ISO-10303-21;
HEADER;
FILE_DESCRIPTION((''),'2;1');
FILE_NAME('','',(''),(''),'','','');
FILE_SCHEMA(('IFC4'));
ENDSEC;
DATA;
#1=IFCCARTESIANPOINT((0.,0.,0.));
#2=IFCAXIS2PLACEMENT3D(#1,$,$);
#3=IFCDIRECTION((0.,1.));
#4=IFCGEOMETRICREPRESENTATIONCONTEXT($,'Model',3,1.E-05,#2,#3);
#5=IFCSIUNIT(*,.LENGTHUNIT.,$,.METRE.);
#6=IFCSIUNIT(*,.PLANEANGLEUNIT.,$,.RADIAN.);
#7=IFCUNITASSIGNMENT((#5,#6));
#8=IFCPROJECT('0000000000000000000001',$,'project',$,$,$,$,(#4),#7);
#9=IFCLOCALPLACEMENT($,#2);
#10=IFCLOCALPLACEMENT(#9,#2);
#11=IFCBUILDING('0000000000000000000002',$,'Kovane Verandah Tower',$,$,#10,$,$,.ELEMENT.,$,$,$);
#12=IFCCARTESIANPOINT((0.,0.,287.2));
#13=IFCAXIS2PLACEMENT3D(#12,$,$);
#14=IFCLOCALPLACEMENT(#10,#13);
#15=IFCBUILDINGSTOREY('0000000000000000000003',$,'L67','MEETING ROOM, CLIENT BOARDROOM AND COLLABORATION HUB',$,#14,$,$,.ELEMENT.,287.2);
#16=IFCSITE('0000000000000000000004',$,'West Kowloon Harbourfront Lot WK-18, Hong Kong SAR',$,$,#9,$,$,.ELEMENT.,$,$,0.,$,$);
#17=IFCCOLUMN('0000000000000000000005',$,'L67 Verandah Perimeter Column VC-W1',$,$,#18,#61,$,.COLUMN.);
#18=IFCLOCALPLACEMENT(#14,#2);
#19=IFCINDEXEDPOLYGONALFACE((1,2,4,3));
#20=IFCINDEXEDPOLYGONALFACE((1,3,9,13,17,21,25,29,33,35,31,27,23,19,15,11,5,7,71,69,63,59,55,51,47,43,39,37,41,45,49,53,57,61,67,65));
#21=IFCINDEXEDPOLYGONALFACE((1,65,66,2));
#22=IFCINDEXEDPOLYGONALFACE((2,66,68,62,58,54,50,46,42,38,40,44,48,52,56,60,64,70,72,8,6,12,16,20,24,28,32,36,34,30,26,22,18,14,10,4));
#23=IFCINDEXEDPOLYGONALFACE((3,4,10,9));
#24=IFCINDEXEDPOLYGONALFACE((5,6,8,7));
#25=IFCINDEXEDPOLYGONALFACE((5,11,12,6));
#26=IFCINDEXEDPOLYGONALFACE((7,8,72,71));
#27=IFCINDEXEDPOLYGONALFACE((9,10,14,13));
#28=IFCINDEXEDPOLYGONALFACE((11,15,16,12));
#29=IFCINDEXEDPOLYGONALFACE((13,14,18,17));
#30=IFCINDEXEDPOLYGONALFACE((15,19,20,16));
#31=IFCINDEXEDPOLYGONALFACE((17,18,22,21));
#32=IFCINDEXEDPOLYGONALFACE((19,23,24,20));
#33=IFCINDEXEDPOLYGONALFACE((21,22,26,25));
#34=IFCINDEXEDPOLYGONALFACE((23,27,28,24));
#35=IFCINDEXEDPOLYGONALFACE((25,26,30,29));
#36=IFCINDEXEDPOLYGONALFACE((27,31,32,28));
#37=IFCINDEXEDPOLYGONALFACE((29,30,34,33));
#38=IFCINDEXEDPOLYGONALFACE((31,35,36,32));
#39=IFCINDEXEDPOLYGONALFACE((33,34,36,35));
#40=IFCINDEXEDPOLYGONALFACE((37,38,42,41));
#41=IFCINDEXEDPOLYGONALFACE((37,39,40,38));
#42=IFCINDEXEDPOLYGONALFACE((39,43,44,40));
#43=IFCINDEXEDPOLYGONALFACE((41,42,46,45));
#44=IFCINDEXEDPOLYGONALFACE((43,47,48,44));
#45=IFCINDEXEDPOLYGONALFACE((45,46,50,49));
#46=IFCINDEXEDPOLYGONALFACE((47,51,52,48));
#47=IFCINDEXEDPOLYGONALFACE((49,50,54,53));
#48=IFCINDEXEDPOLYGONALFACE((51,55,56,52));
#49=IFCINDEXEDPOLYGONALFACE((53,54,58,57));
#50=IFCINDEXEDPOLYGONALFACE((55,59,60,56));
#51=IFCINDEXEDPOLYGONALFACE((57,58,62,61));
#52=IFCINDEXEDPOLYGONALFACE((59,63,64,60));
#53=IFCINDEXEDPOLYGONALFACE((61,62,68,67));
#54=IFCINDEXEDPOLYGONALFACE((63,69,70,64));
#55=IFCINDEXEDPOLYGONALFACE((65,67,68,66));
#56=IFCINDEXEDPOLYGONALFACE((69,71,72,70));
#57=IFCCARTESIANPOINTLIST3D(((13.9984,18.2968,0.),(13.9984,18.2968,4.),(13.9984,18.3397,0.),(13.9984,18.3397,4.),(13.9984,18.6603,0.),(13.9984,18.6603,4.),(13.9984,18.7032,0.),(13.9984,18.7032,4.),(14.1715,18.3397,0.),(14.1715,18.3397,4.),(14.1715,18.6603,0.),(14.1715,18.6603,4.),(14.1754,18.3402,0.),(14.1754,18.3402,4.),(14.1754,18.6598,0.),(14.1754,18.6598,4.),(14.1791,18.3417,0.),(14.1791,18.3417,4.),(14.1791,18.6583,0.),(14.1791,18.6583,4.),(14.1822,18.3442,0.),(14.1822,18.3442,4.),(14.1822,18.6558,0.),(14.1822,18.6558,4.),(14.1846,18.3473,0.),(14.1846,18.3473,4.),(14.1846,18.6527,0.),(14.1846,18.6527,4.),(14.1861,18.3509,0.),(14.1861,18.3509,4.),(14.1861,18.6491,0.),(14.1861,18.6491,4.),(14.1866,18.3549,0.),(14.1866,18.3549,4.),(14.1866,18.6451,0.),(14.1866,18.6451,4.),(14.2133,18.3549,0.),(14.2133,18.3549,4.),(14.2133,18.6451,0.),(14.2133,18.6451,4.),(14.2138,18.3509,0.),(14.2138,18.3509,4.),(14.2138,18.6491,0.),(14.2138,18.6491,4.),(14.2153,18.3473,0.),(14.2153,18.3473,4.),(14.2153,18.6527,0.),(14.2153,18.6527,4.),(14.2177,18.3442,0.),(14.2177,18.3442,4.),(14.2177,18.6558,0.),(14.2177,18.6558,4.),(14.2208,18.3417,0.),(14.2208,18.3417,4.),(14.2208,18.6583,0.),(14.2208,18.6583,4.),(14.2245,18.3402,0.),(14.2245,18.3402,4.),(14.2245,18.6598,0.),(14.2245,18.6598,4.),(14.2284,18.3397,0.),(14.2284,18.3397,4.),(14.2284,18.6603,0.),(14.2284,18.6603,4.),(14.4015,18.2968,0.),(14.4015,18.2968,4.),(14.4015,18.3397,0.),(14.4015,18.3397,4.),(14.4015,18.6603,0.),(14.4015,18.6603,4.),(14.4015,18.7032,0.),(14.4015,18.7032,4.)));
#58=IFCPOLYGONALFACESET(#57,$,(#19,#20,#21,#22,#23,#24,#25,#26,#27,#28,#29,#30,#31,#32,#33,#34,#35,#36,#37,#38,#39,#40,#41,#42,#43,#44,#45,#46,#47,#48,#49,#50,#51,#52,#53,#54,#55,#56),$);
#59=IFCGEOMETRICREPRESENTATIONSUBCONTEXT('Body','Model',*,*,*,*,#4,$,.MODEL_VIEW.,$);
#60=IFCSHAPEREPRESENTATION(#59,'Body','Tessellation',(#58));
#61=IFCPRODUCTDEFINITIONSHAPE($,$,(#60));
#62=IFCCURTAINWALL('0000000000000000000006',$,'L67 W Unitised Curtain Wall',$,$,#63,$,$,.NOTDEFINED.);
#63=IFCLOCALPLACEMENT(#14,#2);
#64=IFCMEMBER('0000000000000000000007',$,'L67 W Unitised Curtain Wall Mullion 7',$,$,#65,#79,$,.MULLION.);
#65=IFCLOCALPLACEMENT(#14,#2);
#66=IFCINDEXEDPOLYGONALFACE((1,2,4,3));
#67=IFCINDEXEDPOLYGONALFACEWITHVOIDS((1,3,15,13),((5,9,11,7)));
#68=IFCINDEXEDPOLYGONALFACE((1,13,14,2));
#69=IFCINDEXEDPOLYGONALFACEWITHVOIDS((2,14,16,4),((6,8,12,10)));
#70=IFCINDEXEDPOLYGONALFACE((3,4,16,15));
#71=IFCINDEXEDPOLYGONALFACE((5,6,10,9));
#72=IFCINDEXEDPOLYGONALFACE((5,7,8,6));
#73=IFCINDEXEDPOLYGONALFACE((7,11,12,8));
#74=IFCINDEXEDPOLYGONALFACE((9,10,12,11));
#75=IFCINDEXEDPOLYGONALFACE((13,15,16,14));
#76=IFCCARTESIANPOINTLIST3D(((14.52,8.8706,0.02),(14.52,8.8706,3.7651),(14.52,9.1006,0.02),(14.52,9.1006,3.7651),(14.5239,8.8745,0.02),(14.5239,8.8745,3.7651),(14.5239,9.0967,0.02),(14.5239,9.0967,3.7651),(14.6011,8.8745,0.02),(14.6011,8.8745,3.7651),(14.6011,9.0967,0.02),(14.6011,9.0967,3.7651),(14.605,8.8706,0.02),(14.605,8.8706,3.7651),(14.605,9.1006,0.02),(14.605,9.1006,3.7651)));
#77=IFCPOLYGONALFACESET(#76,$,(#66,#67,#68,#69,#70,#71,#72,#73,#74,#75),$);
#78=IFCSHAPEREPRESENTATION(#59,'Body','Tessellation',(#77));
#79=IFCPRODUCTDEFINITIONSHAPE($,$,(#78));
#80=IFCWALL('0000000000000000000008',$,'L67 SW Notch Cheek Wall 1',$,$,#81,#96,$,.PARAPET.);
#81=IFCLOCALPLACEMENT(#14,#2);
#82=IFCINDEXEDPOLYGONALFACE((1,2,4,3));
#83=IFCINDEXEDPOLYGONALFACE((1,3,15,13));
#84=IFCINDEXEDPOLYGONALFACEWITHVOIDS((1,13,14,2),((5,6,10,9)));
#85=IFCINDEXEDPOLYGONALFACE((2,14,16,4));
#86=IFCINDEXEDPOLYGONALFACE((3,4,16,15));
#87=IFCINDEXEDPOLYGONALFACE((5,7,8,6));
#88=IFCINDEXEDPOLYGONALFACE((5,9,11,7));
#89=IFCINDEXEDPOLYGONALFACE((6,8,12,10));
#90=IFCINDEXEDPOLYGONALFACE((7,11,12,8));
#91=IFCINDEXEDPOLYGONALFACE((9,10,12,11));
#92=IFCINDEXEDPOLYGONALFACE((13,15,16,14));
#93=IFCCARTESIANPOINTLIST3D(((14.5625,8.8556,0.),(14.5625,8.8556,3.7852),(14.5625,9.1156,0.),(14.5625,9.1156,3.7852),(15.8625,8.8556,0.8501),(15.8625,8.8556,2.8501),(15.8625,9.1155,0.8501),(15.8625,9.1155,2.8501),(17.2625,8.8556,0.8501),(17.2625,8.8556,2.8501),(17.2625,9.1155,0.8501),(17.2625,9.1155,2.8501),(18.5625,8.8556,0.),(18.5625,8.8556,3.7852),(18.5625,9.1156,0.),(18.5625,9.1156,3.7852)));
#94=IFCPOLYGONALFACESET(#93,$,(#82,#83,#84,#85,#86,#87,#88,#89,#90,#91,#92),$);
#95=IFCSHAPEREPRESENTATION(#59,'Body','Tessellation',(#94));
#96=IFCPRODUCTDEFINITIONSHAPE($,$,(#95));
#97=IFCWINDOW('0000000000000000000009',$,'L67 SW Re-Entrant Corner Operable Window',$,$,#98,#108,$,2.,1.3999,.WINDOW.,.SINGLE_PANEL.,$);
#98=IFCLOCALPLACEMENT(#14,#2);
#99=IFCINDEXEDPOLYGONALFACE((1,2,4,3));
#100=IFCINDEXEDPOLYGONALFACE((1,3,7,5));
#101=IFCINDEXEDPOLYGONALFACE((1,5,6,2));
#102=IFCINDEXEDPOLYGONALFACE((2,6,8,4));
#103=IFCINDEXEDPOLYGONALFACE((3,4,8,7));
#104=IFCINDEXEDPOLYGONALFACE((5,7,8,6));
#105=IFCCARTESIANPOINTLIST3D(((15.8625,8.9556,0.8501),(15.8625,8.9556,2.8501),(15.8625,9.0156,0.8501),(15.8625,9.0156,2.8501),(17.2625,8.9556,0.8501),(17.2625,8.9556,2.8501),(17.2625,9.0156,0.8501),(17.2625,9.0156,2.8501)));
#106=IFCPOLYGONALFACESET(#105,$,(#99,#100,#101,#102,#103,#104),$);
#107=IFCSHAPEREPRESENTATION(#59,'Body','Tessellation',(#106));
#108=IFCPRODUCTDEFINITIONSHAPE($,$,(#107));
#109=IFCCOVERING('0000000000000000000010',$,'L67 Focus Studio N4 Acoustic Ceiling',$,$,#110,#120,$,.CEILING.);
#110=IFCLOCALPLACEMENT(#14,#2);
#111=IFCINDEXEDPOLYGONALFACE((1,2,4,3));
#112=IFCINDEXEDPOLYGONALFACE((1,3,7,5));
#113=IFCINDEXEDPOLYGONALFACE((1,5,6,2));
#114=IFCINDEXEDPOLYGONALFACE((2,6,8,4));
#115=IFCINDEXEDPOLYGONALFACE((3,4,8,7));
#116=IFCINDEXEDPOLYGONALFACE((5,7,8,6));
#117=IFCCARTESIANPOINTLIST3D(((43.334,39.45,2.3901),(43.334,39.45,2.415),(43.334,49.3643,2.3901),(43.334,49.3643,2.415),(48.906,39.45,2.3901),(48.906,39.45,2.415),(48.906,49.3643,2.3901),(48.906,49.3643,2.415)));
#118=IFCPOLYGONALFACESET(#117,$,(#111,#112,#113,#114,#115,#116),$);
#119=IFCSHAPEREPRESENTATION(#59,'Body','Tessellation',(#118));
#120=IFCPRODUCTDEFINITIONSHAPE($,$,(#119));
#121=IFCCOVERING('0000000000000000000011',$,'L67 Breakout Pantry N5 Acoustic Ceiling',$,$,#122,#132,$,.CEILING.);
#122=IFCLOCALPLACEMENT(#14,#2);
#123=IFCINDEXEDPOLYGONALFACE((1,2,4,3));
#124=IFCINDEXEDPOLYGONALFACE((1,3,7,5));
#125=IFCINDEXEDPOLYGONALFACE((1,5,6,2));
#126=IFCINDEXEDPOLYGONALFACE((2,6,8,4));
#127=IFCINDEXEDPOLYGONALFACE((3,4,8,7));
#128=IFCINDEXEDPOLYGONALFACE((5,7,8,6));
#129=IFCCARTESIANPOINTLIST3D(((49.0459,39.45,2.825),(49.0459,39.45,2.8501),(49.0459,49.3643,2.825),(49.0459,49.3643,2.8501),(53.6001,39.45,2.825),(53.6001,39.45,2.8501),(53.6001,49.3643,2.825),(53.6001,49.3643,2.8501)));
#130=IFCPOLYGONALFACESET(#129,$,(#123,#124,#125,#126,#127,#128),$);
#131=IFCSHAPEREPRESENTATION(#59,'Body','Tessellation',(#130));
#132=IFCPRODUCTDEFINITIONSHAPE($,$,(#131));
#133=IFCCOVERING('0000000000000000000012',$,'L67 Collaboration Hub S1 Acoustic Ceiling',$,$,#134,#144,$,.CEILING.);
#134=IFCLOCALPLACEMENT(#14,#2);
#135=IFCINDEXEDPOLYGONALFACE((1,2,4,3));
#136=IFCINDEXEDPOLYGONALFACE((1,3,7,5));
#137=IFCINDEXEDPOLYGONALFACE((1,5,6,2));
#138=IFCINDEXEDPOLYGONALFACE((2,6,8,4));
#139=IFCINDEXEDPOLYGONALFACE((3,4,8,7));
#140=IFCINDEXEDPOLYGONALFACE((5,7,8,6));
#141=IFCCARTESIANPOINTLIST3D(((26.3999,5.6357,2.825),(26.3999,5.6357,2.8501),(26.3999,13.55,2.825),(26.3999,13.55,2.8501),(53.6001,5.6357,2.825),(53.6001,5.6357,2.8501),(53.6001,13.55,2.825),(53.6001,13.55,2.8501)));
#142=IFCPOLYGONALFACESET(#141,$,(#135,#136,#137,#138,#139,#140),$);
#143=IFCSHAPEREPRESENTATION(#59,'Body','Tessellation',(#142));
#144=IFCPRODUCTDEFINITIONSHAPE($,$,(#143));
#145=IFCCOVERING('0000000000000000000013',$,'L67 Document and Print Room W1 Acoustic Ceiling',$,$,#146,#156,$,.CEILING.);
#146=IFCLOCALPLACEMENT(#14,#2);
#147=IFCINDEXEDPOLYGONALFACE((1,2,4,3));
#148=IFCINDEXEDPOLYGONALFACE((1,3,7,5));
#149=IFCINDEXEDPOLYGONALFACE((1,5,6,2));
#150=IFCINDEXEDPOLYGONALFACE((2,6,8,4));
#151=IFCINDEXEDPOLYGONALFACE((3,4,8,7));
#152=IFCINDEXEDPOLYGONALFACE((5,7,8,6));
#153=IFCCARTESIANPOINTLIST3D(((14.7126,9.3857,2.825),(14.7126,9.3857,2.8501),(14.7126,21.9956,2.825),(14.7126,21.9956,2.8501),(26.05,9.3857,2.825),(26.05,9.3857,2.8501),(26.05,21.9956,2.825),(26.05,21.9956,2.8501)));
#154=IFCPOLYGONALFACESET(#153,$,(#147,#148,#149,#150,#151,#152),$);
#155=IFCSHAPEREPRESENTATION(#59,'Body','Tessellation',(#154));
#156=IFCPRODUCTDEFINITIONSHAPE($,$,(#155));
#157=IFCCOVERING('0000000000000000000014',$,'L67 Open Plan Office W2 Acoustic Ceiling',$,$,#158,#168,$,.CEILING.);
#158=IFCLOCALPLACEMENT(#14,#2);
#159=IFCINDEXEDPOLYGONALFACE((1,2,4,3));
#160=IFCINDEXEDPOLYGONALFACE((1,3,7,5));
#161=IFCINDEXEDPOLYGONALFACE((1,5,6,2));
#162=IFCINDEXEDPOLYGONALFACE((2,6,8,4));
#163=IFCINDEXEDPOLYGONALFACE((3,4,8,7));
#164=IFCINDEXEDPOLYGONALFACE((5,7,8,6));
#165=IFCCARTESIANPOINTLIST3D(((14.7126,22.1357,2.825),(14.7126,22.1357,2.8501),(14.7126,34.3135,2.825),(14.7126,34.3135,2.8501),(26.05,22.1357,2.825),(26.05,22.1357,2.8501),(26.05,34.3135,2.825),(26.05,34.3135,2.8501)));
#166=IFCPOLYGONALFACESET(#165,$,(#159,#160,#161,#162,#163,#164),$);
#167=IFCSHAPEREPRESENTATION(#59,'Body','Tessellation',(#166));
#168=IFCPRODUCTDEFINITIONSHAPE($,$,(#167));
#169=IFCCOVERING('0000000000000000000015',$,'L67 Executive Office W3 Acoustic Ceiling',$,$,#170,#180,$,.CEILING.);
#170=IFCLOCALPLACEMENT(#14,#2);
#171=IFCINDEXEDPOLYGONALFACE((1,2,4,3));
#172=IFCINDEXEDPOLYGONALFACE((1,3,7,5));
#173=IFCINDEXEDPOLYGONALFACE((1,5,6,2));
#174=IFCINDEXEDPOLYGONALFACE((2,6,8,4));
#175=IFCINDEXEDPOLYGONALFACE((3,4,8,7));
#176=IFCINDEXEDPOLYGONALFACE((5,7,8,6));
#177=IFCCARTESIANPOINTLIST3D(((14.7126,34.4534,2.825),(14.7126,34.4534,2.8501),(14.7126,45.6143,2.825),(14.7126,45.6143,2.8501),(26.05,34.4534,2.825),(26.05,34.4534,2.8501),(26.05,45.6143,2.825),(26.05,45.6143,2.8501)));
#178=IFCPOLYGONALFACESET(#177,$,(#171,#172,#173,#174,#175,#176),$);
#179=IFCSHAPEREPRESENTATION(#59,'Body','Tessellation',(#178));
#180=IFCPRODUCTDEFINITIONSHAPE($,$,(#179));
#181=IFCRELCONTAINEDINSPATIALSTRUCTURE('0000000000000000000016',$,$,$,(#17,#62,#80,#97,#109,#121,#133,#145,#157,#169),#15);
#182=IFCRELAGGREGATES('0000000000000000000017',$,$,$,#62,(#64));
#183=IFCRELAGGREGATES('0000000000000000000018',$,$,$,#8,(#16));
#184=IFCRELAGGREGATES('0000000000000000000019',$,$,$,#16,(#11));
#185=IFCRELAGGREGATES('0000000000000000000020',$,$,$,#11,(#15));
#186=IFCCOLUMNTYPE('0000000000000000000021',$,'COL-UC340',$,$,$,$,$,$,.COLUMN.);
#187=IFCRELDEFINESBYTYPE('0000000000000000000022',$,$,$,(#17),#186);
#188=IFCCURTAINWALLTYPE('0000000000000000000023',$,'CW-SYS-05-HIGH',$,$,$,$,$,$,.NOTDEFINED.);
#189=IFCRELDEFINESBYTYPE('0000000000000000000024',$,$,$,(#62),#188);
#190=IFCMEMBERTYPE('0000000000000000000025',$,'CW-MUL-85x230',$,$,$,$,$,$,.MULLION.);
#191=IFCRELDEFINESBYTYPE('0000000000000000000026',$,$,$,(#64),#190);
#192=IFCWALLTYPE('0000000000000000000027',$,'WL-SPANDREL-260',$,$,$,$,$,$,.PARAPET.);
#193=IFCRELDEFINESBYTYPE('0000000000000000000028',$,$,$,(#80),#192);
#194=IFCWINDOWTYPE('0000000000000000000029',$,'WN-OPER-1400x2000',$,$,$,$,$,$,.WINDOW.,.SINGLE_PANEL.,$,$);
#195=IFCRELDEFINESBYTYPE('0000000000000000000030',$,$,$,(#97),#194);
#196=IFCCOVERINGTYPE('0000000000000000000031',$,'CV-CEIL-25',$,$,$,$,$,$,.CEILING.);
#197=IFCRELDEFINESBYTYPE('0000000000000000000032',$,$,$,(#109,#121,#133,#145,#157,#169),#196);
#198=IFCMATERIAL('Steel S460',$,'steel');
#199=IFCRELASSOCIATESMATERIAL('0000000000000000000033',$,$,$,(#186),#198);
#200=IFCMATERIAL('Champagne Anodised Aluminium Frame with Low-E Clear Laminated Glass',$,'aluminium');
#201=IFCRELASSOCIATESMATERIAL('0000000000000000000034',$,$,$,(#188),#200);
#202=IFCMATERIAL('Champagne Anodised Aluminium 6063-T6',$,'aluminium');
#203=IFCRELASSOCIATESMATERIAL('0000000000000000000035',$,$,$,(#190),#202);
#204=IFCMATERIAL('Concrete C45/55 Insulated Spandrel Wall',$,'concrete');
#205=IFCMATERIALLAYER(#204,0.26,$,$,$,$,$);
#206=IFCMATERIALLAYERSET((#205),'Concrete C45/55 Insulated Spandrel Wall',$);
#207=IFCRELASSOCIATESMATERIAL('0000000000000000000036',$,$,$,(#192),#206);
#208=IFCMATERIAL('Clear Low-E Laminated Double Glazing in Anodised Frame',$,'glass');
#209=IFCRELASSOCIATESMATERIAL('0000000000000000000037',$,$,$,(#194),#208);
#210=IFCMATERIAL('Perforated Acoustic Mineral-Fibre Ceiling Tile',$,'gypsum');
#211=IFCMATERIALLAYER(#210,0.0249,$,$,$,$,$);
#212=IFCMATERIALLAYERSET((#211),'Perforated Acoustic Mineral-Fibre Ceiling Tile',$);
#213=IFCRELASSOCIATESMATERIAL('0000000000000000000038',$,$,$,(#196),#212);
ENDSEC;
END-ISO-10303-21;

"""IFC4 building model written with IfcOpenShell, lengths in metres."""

from ifc_helpers import new_model, si_unit, direction, frame, frame_2d, origin, origin_2d, place, context, subcontext, project, spatial, polyline, rectangle, hollow_rectangle, i_section, outline, extrude, material, layer, layer_set, material_profile, profile_set, type_object, element, fill, aggregate, save


model = new_model("IFC4")

# Units and contexts
model_context = context("Model", 3, precision=1e-05, world=origin(), true_north=direction((0.0, 1.0)))
body_context = subcontext(model_context, "Body", "Model", "MODEL_VIEW")
ifc_project = project(units=[si_unit("LENGTHUNIT", "METRE"), si_unit("PLANEANGLEUNIT", "RADIAN")], contexts=[model_context])

# Site, building, storey
site_placement = place(None, origin())
site = spatial("IfcSite", under=ifc_project, at=site_placement, Name="West Kowloon Harbourfront Lot WK-18, Hong Kong SAR", CompositionType="ELEMENT", RefElevation=0.0)
building_placement = place(site_placement, origin())
building = spatial("IfcBuilding", under=site, at=building_placement, Name="Kovane Verandah Tower", CompositionType="ELEMENT")
storey_placement = place(building_placement, frame((0.0, 0.0, 287.2)))
storey = spatial("IfcBuildingStorey", under=building, at=storey_placement, Name="L67", Description="MEETING ROOM, CLIENT BOARDROOM AND COLLABORATION HUB", CompositionType="ELEMENT", Elevation=287.2)

# Column
ifc_material_1 = material(Name="Steel S460", Category="steel")
ifc_material_profile_1 = material_profile(ifc_material_1, i_section(OverallWidth=0.4031, OverallDepth=0.4065, WebThickness=0.0266, FlangeThickness=0.043, FilletRadius=0.0151, at=origin_2d()), Name="UC356x406x340")
ifc_profile_set_1 = profile_set([ifc_material_profile_1], Name="Steel S460")
column_type = type_object("IfcColumnType", Name="COL-UC340", PredefinedType="COLUMN", material=ifc_profile_set_1)
column_placement = place(storey_placement, frame((14.2, 18.5, 0.0), z_axis=(0.0, 0.0, 1.0), x_axis=(1.0, 0.0, 0.0)))
element("IfcColumn", 1, at=column_placement, inside=storey, type_object=column_type, Name="L67 Verandah Perimeter Column VC-W1", PredefinedType="COLUMN", context=body_context, shape_type="SweptSolid", body=[
    extrude(i_section(OverallWidth=0.4031, OverallDepth=0.4065, WebThickness=0.0266, FlangeThickness=0.043, FilletRadius=0.0151, at=origin_2d()), origin(), (0.0, 0.0, 1.0), 4.0),
])

# Curtain wall, member
ifc_material_2 = material(Name="Champagne Anodised Aluminium Frame with Low-E Clear Laminated Glass", Category="aluminium")
curtain_wall_type = type_object("IfcCurtainWallType", Name="CW-SYS-05-HIGH", PredefinedType="NOTDEFINED", material=ifc_material_2)
curtain_wall_placement = place(storey_placement, origin())
curtain_wall = element("IfcCurtainWall", 2, at=curtain_wall_placement, inside=storey, type_object=curtain_wall_type, Name="L67 W Unitised Curtain Wall", PredefinedType="NOTDEFINED")
ifc_material_3 = material(Name="Champagne Anodised Aluminium 6063-T6", Category="aluminium")
ifc_material_profile_2 = material_profile(ifc_material_3, hollow_rectangle(XDim=0.085, YDim=0.23, WallThickness=0.0039, at=origin_2d()), Name="AL85x230x4")
ifc_profile_set_2 = profile_set([ifc_material_profile_2], Name="Champagne Anodised Aluminium 6063-T6")
member_type = type_object("IfcMemberType", Name="CW-MUL-85x230", PredefinedType="MULLION", material=ifc_profile_set_2)
member_placement = place(storey_placement, frame((14.5625, 8.9856, 0.02), z_axis=(0.0, 0.0, 1.0), x_axis=(-1.0, 0.0, 0.0)))
member = element("IfcMember", 3, at=member_placement, type_object=member_type, Name="L67 W Unitised Curtain Wall Mullion 7", PredefinedType="MULLION", context=body_context, shape_type="SweptSolid", body=[
    extrude(hollow_rectangle(XDim=0.085, YDim=0.23, WallThickness=0.0039, at=origin_2d()), origin(), (0.0, 0.0, 1.0), 3.7451),
])
aggregate(curtain_wall, [member])

# Wall, opening, window
ifc_material_4 = material(Name="Concrete C45/55 Insulated Spandrel Wall", Category="concrete")
ifc_layer_1 = layer(ifc_material_4, 0.26)
ifc_layer_set_1 = layer_set([ifc_layer_1], Name="Concrete C45/55 Insulated Spandrel Wall")
wall_type = type_object("IfcWallType", Name="WL-SPANDREL-260", PredefinedType="PARAPET", material=ifc_layer_set_1)
wall_placement = place(storey_placement, frame((14.5625, 8.9856, 0.0), z_axis=(0.0, 0.0, 1.0), x_axis=(1.0, 0.0, 0.0)))
wall = element("IfcWall", 4, at=wall_placement, inside=storey, type_object=wall_type, Name="L67 SW Notch Cheek Wall 1", PredefinedType="PARAPET", context=body_context, shape_type="SweptSolid", body=[
    extrude(rectangle(XDim=4.0, YDim=0.26, at=frame_2d((2.0, 0.0))), origin(), (0.0, 0.0, 1.0), 3.7852),
])
opening_placement = place(wall_placement, frame((1.3, 0.0, 0.8501)))
opening = element("IfcOpeningElement", 5, at=opening_placement, cuts=wall, PredefinedType="OPENING", context=body_context, shape_type="SweptSolid", body=[
    extrude(rectangle(XDim=1.3999, YDim=2.0, at=frame_2d((0.7, 1.0))), frame((0.0, 0.1299, 0.0), z_axis=(0.0, -1.0, 0.0), x_axis=(1.0, 0.0, 0.0)), (0.0, 0.0, 1.0), 0.26),
])
ifc_material_5 = material(Name="Clear Low-E Laminated Double Glazing in Anodised Frame", Category="glass")
window_type = type_object("IfcWindowType", Name="WN-OPER-1400x2000", PartitioningType="SINGLE_PANEL", PredefinedType="WINDOW", material=ifc_material_5)
window_placement = place(opening_placement, origin())
window = element("IfcWindow", 6, at=window_placement, inside=storey, type_object=window_type, Name="L67 SW Re-Entrant Corner Operable Window", OverallHeight=2.0, OverallWidth=1.3999, PartitioningType="SINGLE_PANEL", PredefinedType="WINDOW", context=body_context, shape_type="SweptSolid", body=[
    extrude(rectangle(XDim=1.3999, YDim=2.0, at=frame_2d((0.7, 1.0))), frame((0.0, 0.03, 0.0), z_axis=(0.0, -1.0, 0.0), x_axis=(1.0, 0.0, 0.0)), (0.0, 0.0, 1.0), 0.0601),
])
fill(opening, window)

# Coverings
ifc_material_6 = material(Name="Perforated Acoustic Mineral-Fibre Ceiling Tile", Category="gypsum")
ifc_layer_2 = layer(ifc_material_6, 0.0249)
ifc_layer_set_2 = layer_set([ifc_layer_2], Name="Perforated Acoustic Mineral-Fibre Ceiling Tile")
covering_type_1 = type_object("IfcCoveringType", Name="CV-CEIL-25", PredefinedType="CEILING", material=ifc_layer_set_2)
covering_1_placement = place(storey_placement, frame((0.0, 0.0, 2.3901)))
element("IfcCovering", 7, at=covering_1_placement, inside=storey, type_object=covering_type_1, Name="L67 Focus Studio N4 Acoustic Ceiling", PredefinedType="CEILING", context=body_context, shape_type="SweptSolid", body=[
    extrude(outline(polyline([(43.334, 39.45), (48.906, 39.45), (48.906, 49.3643), (43.334, 49.3643), (43.334, 39.45)])), origin(), (0.0, 0.0, 1.0), 0.0249),
])
covering_2_placement = place(storey_placement, frame((0.0, 0.0, 2.825)))
element("IfcCovering", 8, at=covering_2_placement, inside=storey, type_object=covering_type_1, Name="L67 Breakout Pantry N5 Acoustic Ceiling", PredefinedType="CEILING", context=body_context, shape_type="SweptSolid", body=[
    extrude(outline(polyline([(49.0459, 39.45), (53.6001, 39.45), (53.6001, 49.3643), (49.0459, 49.3643), (49.0459, 39.45)])), origin(), (0.0, 0.0, 1.0), 0.0251),
])
covering_3_placement = place(storey_placement, frame((0.0, 0.0, 2.825)))
element("IfcCovering", 9, at=covering_3_placement, inside=storey, type_object=covering_type_1, Name="L67 Collaboration Hub S1 Acoustic Ceiling", PredefinedType="CEILING", context=body_context, shape_type="SweptSolid", body=[
    extrude(outline(polyline([(26.3999, 5.6357), (53.6001, 5.6357), (53.6001, 13.55), (26.3999, 13.55), (26.3999, 5.6357)])), origin(), (0.0, 0.0, 1.0), 0.0251),
])
covering_4_placement = place(storey_placement, frame((0.0, 0.0, 2.825)))
element("IfcCovering", 10, at=covering_4_placement, inside=storey, type_object=covering_type_1, Name="L67 Document and Print Room W1 Acoustic Ceiling", PredefinedType="CEILING", context=body_context, shape_type="SweptSolid", body=[
    extrude(outline(polyline([(14.7126, 9.3857), (26.05, 9.3857), (26.05, 21.9956), (14.7126, 21.9956), (14.7126, 9.3857)])), origin(), (0.0, 0.0, 1.0), 0.0251),
])
covering_5_placement = place(storey_placement, frame((0.0, 0.0, 2.825)))
element("IfcCovering", 11, at=covering_5_placement, inside=storey, type_object=covering_type_1, Name="L67 Open Plan Office W2 Acoustic Ceiling", PredefinedType="CEILING", context=body_context, shape_type="SweptSolid", body=[
    extrude(outline(polyline([(14.7126, 22.1357), (26.05, 22.1357), (26.05, 34.3135), (14.7126, 34.3135), (14.7126, 22.1357)])), origin(), (0.0, 0.0, 1.0), 0.0251),
])
covering_6_placement = place(storey_placement, frame((0.0, 0.0, 2.825)))
element("IfcCovering", 12, at=covering_6_placement, inside=storey, type_object=covering_type_1, Name="L67 Executive Office W3 Acoustic Ceiling", PredefinedType="CEILING", context=body_context, shape_type="SweptSolid", body=[
    extrude(outline(polyline([(14.7126, 34.4534), (26.05, 34.4534), (26.05, 45.6143), (14.7126, 45.6143), (14.7126, 34.4534)])), origin(), (0.0, 0.0, 1.0), 0.0251),
])

save(model, "model.ifc")
